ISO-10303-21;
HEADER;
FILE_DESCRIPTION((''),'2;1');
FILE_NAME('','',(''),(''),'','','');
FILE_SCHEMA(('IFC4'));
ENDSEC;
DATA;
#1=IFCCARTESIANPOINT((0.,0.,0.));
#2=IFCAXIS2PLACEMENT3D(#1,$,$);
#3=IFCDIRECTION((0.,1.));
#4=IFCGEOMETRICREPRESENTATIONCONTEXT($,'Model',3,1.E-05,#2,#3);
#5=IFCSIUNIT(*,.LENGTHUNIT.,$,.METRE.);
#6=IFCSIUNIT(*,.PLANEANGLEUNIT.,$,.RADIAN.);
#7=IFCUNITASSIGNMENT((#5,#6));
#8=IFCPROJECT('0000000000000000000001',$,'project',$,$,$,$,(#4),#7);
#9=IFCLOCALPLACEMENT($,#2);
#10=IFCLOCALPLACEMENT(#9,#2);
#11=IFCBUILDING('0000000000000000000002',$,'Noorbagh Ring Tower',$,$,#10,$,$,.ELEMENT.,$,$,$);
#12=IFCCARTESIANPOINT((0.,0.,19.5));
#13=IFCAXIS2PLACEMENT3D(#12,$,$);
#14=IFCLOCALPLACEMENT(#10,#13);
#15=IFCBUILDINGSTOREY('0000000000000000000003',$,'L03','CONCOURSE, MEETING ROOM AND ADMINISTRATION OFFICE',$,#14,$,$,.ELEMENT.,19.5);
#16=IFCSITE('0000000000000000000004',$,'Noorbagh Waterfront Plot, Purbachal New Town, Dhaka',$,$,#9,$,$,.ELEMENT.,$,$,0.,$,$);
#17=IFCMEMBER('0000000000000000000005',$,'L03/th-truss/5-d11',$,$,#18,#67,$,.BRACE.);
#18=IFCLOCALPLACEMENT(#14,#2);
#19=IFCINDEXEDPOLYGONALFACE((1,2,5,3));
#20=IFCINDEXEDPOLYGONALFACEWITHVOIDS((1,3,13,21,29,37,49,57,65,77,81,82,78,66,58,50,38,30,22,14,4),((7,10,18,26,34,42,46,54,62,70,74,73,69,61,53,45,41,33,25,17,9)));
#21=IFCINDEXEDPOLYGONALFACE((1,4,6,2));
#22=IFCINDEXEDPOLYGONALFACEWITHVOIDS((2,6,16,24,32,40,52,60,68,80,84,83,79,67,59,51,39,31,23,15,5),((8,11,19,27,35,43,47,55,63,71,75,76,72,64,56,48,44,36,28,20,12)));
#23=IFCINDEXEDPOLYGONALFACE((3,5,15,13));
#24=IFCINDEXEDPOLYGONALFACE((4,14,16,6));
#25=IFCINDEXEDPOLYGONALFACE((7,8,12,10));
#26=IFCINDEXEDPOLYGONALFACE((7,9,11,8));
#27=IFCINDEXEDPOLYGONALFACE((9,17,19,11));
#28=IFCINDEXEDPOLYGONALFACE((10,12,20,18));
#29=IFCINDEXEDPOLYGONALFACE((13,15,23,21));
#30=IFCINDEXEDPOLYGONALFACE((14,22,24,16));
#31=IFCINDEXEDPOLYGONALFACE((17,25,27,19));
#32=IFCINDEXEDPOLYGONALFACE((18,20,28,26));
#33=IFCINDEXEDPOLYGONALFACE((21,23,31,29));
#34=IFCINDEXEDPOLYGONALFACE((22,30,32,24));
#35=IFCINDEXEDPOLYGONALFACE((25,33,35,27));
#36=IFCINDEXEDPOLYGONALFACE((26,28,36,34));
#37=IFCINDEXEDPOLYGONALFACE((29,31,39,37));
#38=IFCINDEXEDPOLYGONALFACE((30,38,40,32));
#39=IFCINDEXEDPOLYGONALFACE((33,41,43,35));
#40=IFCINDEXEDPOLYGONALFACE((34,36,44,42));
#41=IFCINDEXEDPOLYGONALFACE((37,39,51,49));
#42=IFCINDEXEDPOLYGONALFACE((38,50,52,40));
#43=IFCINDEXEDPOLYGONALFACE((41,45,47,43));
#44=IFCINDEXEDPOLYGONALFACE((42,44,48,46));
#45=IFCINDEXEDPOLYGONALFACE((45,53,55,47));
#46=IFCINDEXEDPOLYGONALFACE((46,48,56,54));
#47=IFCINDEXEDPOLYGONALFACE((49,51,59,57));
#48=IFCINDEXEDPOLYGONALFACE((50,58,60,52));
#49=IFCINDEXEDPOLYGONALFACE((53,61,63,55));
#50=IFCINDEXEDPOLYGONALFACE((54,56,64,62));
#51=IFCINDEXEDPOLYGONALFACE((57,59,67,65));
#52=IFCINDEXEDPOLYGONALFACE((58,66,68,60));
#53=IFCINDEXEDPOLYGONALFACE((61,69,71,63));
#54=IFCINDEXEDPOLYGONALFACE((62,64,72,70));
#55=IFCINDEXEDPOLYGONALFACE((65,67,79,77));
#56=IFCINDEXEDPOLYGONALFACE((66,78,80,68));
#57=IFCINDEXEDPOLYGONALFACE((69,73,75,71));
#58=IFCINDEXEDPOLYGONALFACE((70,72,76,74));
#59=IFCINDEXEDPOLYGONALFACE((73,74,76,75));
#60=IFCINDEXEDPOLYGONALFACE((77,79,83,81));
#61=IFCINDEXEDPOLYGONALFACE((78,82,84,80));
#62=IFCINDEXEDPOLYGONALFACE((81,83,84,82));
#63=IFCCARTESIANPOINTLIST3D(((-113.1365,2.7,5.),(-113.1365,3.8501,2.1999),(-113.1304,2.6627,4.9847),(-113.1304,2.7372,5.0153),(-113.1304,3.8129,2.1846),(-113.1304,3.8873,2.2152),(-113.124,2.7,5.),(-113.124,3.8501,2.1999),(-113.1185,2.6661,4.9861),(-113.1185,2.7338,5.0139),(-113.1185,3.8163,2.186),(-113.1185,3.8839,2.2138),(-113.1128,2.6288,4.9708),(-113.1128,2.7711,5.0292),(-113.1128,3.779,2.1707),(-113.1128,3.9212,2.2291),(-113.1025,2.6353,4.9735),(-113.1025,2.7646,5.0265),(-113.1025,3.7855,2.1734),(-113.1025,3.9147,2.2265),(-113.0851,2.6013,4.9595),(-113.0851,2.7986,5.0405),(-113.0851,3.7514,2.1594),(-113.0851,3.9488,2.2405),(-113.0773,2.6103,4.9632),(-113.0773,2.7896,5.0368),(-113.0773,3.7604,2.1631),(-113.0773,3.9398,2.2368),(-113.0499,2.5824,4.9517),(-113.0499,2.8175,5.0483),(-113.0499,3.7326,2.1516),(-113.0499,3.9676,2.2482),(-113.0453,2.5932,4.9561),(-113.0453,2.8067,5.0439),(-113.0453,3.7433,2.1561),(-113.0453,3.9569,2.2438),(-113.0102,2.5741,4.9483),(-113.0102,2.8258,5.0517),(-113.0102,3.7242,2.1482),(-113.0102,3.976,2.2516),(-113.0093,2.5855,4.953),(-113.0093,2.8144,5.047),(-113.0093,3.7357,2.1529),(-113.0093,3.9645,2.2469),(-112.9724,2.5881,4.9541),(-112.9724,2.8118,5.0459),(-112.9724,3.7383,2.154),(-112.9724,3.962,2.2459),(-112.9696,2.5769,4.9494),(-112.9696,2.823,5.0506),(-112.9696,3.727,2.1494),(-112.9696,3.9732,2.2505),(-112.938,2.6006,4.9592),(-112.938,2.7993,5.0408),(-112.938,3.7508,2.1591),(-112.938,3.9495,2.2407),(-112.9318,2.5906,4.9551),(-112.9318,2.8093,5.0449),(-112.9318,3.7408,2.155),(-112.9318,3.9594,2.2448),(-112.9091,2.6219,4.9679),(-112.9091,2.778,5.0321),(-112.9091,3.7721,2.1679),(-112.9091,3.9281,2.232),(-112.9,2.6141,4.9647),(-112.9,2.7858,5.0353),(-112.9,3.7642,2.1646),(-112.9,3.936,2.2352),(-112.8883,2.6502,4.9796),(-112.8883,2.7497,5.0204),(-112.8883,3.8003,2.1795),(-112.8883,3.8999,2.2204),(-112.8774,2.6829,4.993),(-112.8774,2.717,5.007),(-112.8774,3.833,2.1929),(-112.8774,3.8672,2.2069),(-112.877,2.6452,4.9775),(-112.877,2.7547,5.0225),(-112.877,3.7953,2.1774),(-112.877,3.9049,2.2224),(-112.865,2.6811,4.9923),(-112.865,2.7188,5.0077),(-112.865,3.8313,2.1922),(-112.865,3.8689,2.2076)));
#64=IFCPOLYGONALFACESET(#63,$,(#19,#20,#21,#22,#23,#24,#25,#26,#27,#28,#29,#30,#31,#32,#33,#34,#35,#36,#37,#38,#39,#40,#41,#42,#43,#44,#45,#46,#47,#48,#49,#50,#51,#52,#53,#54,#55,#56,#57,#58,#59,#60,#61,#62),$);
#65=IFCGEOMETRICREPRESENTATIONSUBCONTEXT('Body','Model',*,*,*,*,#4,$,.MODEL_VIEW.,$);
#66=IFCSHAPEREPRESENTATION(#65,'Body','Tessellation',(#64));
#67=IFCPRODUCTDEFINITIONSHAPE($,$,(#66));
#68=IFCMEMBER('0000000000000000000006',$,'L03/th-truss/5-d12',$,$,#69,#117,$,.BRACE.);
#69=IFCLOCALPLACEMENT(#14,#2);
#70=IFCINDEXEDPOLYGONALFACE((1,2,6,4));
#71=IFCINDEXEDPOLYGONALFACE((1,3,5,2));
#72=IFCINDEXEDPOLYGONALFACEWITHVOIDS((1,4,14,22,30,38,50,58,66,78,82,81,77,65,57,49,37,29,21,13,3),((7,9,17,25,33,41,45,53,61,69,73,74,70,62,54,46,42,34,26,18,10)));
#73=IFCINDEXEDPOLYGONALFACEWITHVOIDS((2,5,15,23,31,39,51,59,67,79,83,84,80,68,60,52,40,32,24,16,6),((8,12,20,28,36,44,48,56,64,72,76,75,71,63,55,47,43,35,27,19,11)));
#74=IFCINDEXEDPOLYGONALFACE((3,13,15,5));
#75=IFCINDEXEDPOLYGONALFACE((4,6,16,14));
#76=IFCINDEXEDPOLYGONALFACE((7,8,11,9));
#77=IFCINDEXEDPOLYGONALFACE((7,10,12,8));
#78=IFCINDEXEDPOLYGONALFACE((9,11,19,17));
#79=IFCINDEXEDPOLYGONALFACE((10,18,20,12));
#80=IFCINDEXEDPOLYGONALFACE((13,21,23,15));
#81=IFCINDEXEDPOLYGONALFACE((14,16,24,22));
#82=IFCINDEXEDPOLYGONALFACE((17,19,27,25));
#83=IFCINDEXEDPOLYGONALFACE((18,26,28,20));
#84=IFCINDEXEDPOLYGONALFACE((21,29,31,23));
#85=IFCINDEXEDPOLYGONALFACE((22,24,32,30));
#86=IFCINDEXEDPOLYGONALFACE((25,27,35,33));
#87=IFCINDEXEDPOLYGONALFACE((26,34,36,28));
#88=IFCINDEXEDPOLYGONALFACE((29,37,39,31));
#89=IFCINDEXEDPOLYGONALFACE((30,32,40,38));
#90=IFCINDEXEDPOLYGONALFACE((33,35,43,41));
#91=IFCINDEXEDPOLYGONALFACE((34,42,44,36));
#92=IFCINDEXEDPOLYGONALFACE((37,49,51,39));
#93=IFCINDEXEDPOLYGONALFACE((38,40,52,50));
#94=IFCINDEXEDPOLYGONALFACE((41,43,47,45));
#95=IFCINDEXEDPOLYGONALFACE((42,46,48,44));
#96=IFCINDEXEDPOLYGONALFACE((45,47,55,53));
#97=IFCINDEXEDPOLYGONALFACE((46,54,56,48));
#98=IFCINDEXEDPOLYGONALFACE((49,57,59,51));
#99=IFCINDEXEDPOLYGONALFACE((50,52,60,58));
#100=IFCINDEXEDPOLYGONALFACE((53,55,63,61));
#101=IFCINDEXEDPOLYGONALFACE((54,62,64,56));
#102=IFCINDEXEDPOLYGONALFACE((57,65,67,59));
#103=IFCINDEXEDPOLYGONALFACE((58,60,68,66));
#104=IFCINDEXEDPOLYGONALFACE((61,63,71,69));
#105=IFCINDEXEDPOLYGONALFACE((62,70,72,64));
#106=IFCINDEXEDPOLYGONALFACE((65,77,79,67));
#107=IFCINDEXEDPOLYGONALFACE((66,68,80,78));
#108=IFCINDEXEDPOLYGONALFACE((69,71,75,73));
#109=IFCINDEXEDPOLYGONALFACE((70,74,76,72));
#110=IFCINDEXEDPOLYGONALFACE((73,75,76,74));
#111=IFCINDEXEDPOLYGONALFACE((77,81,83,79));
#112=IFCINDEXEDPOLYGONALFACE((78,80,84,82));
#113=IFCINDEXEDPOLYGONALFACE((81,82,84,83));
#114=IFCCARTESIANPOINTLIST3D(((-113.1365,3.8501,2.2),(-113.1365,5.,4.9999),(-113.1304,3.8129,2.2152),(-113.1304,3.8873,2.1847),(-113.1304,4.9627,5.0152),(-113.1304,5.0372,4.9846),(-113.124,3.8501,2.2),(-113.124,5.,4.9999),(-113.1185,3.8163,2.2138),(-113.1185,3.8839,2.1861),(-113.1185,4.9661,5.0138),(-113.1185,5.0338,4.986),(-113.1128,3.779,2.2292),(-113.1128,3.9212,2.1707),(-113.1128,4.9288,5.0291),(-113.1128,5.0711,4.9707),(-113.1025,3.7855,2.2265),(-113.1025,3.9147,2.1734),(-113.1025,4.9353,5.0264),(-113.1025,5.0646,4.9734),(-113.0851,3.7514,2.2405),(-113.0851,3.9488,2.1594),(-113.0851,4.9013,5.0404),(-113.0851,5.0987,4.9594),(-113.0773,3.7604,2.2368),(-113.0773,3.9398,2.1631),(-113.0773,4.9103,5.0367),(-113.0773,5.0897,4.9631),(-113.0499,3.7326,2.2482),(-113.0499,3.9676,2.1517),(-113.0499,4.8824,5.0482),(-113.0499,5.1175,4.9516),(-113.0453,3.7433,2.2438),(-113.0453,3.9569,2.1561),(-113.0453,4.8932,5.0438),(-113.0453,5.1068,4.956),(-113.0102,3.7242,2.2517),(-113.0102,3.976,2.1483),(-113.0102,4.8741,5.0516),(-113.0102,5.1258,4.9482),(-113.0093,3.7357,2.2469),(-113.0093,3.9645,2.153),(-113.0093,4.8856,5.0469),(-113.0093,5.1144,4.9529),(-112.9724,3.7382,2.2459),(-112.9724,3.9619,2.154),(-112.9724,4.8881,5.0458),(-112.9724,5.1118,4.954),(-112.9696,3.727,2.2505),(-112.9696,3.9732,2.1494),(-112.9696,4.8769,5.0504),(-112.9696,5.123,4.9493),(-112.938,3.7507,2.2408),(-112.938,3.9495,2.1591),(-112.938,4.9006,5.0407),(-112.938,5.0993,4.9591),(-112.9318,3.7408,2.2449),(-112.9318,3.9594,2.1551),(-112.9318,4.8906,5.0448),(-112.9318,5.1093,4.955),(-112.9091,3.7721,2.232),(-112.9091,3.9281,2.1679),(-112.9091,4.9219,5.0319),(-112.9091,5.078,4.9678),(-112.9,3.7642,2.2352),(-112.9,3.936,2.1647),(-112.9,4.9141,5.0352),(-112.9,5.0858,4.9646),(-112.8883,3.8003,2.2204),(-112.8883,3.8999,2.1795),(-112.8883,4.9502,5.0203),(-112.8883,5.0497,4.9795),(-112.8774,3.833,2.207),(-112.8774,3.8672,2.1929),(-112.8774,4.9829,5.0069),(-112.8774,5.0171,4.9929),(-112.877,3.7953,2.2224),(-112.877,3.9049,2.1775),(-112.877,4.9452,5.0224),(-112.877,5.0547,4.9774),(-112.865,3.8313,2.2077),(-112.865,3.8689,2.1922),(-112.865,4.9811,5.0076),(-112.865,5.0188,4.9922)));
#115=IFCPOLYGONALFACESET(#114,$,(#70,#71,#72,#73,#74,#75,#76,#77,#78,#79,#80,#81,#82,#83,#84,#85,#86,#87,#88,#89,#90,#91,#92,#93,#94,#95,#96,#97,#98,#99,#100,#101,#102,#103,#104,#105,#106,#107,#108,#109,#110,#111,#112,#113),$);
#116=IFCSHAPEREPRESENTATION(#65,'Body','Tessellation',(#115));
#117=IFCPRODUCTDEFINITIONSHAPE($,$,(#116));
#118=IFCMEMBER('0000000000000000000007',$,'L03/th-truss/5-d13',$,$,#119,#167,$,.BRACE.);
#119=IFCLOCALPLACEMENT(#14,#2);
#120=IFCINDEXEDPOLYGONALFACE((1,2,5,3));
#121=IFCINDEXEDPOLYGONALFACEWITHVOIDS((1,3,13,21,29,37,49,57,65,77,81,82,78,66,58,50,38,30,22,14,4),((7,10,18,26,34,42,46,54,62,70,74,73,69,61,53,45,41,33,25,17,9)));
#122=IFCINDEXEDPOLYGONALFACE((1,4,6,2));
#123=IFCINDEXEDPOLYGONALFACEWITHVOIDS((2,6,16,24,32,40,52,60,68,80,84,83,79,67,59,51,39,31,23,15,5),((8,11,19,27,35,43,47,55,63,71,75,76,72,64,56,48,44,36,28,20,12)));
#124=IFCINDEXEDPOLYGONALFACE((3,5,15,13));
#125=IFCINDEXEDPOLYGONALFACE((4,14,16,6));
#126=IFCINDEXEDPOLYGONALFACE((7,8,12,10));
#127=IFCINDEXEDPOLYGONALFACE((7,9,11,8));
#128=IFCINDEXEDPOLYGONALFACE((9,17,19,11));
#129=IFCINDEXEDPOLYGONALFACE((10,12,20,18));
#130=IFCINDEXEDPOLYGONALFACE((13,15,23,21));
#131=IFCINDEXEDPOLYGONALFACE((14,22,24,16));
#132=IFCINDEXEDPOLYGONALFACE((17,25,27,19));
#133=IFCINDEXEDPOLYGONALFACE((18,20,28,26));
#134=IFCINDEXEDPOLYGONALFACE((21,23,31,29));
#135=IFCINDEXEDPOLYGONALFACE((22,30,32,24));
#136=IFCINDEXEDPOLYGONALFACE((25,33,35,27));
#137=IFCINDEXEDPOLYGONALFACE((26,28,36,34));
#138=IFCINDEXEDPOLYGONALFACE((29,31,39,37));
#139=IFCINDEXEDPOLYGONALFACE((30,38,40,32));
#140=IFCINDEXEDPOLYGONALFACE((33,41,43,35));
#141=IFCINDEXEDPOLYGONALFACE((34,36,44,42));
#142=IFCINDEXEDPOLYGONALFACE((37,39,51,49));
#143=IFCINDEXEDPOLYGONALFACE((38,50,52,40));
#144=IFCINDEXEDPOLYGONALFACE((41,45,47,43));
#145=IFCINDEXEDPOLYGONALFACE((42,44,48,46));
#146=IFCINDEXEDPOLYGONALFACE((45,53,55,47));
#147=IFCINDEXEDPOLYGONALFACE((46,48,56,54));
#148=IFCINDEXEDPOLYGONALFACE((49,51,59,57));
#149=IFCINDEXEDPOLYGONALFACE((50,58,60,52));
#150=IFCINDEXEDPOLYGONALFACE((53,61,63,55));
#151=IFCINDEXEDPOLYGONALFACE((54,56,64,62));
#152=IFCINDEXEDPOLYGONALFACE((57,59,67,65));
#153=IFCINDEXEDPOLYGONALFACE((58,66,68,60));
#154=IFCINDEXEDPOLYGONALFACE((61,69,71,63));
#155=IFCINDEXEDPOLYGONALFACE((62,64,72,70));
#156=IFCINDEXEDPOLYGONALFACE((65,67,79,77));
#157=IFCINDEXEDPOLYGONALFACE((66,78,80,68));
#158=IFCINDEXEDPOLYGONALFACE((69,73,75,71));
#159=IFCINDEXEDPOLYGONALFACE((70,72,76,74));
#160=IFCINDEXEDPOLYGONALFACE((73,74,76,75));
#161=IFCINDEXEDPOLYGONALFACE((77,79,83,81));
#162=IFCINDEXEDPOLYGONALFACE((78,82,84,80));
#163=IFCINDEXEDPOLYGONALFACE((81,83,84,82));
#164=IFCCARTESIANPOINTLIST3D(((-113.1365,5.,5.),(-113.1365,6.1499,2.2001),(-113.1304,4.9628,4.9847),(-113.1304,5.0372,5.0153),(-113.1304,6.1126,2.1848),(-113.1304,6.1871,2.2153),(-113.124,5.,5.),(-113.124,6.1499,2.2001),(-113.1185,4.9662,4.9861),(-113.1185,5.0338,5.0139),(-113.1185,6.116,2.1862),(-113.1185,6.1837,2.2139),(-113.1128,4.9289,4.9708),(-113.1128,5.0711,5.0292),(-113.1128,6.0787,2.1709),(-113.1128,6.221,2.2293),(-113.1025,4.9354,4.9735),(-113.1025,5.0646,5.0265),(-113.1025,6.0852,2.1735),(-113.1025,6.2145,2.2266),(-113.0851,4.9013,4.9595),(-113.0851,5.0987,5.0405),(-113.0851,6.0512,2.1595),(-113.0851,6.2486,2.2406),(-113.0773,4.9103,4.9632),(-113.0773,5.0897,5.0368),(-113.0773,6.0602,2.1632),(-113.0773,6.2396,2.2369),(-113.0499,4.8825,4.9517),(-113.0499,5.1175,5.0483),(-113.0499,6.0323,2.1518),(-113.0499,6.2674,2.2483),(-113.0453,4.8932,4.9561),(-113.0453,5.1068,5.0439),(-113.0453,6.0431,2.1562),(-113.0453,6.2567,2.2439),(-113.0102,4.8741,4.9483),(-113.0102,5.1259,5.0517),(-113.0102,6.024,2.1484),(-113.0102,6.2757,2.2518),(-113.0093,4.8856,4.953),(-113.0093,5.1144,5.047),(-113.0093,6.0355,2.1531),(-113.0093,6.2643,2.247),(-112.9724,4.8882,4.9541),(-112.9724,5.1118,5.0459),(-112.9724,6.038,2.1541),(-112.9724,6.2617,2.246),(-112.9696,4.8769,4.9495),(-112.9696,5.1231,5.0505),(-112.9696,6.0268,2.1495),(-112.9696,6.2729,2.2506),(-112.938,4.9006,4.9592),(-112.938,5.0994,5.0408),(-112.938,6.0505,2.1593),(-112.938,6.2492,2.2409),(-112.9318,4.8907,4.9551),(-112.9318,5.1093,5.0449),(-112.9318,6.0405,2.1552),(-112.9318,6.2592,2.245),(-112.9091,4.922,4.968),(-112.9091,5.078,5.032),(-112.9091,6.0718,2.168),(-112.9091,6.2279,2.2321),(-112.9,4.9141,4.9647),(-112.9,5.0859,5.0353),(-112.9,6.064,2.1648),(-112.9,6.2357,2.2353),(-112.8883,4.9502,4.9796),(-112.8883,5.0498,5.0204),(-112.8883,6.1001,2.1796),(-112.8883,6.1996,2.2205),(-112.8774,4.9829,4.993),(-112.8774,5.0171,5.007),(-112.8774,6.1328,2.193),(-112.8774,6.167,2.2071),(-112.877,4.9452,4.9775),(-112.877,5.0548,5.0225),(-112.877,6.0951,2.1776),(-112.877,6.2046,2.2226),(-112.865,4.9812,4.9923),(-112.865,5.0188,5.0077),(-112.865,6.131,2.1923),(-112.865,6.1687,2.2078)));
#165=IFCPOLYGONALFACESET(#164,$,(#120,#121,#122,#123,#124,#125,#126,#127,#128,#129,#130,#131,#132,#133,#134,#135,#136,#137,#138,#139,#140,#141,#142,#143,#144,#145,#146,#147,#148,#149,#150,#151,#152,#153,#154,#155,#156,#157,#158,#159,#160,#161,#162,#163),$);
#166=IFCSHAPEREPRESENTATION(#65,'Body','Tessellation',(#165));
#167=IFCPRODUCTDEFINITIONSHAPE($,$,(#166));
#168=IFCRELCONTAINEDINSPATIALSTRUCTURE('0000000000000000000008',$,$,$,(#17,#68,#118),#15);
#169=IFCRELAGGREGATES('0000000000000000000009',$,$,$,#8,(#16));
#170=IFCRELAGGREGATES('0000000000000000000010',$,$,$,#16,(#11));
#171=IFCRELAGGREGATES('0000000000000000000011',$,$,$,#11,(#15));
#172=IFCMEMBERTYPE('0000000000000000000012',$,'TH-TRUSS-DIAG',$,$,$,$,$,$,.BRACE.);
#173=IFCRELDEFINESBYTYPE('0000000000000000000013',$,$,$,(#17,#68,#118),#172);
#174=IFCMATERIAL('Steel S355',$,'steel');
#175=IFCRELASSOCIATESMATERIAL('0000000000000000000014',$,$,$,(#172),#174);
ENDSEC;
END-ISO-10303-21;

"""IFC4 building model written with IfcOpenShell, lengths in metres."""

from ifc_helpers import new_model, si_unit, direction, frame, origin, origin_2d, place, context, subcontext, project, spatial, hollow_circle, extrude, material, material_profile, profile_set, type_object, element, save


model = new_model("IFC4")

# Units and contexts
model_context = context("Model", 3, precision=1e-05, world=origin(), true_north=direction((0.0, 1.0)))
body_context = subcontext(model_context, "Body", "Model", "MODEL_VIEW")
ifc_project = project(units=[si_unit("LENGTHUNIT", "METRE"), si_unit("PLANEANGLEUNIT", "RADIAN")], contexts=[model_context])

# Site, building, storey
site_placement = place(None, origin())
site = spatial("IfcSite", under=ifc_project, at=site_placement, Name="Noorbagh Waterfront Plot, Purbachal New Town, Dhaka", CompositionType="ELEMENT", RefElevation=0.0)
building_placement = place(site_placement, origin())
building = spatial("IfcBuilding", under=site, at=building_placement, Name="Noorbagh Ring Tower", CompositionType="ELEMENT")
storey_placement = place(building_placement, frame((0.0, 0.0, 19.5)))
storey = spatial("IfcBuildingStorey", under=building, at=storey_placement, Name="L03", Description="CONCOURSE, MEETING ROOM AND ADMINISTRATION OFFICE", CompositionType="ELEMENT", Elevation=19.5)

# Members
ifc_material = material(Name="Steel S355", Category="steel")
ifc_material_profile = material_profile(ifc_material, hollow_circle(Radius=0.1365, WallThickness=0.0125, at=origin_2d()), Name="CHS273x12.5")
ifc_profile_set = profile_set([ifc_material_profile], Name="Steel S355")
member_type = type_object("IfcMemberType", Name="TH-TRUSS-DIAG", PredefinedType="BRACE", material=ifc_profile_set)
member_1_placement = place(storey_placement, frame((-113.0, 2.7, 5.0), z_axis=(0.0, 0.379955, -0.925005), x_axis=(-1.0, 0.0, 0.0)))
element("IfcMember", 1, at=member_1_placement, inside=storey, type_object=member_type, Name="L03/th-truss/5-d11", PredefinedType="BRACE", context=body_context, shape_type="SweptSolid", body=[
    extrude(hollow_circle(Radius=0.1365, WallThickness=0.0125, at=origin_2d()), origin(), (0.0, 0.0, 1.0), 3.0271),
])
for number, where, z_axis, x_axis, name in (
    (2, (-113.0, 3.8501, 2.2), (0.0, 0.379886, 0.925033), (-1.0, 0.0, 0.0), "L03/th-truss/5-d12"),
    (3, (-113.0, 5.0, 5.0), (0.0, 0.379886, -0.925033), (-1.0, 0.0, 0.0), "L03/th-truss/5-d13"),
):
    element("IfcMember", number, at=place(storey_placement, frame(where, z_axis=z_axis, x_axis=x_axis)), inside=storey, type_object=member_type, Name=name, PredefinedType="BRACE", context=body_context, shape_type="SweptSolid", body=[
        extrude(hollow_circle(Radius=0.1365, WallThickness=0.0125, at=origin_2d()), origin(), (0.0, 0.0, 1.0), 3.0269),
    ])

save(model, "model.ifc")
